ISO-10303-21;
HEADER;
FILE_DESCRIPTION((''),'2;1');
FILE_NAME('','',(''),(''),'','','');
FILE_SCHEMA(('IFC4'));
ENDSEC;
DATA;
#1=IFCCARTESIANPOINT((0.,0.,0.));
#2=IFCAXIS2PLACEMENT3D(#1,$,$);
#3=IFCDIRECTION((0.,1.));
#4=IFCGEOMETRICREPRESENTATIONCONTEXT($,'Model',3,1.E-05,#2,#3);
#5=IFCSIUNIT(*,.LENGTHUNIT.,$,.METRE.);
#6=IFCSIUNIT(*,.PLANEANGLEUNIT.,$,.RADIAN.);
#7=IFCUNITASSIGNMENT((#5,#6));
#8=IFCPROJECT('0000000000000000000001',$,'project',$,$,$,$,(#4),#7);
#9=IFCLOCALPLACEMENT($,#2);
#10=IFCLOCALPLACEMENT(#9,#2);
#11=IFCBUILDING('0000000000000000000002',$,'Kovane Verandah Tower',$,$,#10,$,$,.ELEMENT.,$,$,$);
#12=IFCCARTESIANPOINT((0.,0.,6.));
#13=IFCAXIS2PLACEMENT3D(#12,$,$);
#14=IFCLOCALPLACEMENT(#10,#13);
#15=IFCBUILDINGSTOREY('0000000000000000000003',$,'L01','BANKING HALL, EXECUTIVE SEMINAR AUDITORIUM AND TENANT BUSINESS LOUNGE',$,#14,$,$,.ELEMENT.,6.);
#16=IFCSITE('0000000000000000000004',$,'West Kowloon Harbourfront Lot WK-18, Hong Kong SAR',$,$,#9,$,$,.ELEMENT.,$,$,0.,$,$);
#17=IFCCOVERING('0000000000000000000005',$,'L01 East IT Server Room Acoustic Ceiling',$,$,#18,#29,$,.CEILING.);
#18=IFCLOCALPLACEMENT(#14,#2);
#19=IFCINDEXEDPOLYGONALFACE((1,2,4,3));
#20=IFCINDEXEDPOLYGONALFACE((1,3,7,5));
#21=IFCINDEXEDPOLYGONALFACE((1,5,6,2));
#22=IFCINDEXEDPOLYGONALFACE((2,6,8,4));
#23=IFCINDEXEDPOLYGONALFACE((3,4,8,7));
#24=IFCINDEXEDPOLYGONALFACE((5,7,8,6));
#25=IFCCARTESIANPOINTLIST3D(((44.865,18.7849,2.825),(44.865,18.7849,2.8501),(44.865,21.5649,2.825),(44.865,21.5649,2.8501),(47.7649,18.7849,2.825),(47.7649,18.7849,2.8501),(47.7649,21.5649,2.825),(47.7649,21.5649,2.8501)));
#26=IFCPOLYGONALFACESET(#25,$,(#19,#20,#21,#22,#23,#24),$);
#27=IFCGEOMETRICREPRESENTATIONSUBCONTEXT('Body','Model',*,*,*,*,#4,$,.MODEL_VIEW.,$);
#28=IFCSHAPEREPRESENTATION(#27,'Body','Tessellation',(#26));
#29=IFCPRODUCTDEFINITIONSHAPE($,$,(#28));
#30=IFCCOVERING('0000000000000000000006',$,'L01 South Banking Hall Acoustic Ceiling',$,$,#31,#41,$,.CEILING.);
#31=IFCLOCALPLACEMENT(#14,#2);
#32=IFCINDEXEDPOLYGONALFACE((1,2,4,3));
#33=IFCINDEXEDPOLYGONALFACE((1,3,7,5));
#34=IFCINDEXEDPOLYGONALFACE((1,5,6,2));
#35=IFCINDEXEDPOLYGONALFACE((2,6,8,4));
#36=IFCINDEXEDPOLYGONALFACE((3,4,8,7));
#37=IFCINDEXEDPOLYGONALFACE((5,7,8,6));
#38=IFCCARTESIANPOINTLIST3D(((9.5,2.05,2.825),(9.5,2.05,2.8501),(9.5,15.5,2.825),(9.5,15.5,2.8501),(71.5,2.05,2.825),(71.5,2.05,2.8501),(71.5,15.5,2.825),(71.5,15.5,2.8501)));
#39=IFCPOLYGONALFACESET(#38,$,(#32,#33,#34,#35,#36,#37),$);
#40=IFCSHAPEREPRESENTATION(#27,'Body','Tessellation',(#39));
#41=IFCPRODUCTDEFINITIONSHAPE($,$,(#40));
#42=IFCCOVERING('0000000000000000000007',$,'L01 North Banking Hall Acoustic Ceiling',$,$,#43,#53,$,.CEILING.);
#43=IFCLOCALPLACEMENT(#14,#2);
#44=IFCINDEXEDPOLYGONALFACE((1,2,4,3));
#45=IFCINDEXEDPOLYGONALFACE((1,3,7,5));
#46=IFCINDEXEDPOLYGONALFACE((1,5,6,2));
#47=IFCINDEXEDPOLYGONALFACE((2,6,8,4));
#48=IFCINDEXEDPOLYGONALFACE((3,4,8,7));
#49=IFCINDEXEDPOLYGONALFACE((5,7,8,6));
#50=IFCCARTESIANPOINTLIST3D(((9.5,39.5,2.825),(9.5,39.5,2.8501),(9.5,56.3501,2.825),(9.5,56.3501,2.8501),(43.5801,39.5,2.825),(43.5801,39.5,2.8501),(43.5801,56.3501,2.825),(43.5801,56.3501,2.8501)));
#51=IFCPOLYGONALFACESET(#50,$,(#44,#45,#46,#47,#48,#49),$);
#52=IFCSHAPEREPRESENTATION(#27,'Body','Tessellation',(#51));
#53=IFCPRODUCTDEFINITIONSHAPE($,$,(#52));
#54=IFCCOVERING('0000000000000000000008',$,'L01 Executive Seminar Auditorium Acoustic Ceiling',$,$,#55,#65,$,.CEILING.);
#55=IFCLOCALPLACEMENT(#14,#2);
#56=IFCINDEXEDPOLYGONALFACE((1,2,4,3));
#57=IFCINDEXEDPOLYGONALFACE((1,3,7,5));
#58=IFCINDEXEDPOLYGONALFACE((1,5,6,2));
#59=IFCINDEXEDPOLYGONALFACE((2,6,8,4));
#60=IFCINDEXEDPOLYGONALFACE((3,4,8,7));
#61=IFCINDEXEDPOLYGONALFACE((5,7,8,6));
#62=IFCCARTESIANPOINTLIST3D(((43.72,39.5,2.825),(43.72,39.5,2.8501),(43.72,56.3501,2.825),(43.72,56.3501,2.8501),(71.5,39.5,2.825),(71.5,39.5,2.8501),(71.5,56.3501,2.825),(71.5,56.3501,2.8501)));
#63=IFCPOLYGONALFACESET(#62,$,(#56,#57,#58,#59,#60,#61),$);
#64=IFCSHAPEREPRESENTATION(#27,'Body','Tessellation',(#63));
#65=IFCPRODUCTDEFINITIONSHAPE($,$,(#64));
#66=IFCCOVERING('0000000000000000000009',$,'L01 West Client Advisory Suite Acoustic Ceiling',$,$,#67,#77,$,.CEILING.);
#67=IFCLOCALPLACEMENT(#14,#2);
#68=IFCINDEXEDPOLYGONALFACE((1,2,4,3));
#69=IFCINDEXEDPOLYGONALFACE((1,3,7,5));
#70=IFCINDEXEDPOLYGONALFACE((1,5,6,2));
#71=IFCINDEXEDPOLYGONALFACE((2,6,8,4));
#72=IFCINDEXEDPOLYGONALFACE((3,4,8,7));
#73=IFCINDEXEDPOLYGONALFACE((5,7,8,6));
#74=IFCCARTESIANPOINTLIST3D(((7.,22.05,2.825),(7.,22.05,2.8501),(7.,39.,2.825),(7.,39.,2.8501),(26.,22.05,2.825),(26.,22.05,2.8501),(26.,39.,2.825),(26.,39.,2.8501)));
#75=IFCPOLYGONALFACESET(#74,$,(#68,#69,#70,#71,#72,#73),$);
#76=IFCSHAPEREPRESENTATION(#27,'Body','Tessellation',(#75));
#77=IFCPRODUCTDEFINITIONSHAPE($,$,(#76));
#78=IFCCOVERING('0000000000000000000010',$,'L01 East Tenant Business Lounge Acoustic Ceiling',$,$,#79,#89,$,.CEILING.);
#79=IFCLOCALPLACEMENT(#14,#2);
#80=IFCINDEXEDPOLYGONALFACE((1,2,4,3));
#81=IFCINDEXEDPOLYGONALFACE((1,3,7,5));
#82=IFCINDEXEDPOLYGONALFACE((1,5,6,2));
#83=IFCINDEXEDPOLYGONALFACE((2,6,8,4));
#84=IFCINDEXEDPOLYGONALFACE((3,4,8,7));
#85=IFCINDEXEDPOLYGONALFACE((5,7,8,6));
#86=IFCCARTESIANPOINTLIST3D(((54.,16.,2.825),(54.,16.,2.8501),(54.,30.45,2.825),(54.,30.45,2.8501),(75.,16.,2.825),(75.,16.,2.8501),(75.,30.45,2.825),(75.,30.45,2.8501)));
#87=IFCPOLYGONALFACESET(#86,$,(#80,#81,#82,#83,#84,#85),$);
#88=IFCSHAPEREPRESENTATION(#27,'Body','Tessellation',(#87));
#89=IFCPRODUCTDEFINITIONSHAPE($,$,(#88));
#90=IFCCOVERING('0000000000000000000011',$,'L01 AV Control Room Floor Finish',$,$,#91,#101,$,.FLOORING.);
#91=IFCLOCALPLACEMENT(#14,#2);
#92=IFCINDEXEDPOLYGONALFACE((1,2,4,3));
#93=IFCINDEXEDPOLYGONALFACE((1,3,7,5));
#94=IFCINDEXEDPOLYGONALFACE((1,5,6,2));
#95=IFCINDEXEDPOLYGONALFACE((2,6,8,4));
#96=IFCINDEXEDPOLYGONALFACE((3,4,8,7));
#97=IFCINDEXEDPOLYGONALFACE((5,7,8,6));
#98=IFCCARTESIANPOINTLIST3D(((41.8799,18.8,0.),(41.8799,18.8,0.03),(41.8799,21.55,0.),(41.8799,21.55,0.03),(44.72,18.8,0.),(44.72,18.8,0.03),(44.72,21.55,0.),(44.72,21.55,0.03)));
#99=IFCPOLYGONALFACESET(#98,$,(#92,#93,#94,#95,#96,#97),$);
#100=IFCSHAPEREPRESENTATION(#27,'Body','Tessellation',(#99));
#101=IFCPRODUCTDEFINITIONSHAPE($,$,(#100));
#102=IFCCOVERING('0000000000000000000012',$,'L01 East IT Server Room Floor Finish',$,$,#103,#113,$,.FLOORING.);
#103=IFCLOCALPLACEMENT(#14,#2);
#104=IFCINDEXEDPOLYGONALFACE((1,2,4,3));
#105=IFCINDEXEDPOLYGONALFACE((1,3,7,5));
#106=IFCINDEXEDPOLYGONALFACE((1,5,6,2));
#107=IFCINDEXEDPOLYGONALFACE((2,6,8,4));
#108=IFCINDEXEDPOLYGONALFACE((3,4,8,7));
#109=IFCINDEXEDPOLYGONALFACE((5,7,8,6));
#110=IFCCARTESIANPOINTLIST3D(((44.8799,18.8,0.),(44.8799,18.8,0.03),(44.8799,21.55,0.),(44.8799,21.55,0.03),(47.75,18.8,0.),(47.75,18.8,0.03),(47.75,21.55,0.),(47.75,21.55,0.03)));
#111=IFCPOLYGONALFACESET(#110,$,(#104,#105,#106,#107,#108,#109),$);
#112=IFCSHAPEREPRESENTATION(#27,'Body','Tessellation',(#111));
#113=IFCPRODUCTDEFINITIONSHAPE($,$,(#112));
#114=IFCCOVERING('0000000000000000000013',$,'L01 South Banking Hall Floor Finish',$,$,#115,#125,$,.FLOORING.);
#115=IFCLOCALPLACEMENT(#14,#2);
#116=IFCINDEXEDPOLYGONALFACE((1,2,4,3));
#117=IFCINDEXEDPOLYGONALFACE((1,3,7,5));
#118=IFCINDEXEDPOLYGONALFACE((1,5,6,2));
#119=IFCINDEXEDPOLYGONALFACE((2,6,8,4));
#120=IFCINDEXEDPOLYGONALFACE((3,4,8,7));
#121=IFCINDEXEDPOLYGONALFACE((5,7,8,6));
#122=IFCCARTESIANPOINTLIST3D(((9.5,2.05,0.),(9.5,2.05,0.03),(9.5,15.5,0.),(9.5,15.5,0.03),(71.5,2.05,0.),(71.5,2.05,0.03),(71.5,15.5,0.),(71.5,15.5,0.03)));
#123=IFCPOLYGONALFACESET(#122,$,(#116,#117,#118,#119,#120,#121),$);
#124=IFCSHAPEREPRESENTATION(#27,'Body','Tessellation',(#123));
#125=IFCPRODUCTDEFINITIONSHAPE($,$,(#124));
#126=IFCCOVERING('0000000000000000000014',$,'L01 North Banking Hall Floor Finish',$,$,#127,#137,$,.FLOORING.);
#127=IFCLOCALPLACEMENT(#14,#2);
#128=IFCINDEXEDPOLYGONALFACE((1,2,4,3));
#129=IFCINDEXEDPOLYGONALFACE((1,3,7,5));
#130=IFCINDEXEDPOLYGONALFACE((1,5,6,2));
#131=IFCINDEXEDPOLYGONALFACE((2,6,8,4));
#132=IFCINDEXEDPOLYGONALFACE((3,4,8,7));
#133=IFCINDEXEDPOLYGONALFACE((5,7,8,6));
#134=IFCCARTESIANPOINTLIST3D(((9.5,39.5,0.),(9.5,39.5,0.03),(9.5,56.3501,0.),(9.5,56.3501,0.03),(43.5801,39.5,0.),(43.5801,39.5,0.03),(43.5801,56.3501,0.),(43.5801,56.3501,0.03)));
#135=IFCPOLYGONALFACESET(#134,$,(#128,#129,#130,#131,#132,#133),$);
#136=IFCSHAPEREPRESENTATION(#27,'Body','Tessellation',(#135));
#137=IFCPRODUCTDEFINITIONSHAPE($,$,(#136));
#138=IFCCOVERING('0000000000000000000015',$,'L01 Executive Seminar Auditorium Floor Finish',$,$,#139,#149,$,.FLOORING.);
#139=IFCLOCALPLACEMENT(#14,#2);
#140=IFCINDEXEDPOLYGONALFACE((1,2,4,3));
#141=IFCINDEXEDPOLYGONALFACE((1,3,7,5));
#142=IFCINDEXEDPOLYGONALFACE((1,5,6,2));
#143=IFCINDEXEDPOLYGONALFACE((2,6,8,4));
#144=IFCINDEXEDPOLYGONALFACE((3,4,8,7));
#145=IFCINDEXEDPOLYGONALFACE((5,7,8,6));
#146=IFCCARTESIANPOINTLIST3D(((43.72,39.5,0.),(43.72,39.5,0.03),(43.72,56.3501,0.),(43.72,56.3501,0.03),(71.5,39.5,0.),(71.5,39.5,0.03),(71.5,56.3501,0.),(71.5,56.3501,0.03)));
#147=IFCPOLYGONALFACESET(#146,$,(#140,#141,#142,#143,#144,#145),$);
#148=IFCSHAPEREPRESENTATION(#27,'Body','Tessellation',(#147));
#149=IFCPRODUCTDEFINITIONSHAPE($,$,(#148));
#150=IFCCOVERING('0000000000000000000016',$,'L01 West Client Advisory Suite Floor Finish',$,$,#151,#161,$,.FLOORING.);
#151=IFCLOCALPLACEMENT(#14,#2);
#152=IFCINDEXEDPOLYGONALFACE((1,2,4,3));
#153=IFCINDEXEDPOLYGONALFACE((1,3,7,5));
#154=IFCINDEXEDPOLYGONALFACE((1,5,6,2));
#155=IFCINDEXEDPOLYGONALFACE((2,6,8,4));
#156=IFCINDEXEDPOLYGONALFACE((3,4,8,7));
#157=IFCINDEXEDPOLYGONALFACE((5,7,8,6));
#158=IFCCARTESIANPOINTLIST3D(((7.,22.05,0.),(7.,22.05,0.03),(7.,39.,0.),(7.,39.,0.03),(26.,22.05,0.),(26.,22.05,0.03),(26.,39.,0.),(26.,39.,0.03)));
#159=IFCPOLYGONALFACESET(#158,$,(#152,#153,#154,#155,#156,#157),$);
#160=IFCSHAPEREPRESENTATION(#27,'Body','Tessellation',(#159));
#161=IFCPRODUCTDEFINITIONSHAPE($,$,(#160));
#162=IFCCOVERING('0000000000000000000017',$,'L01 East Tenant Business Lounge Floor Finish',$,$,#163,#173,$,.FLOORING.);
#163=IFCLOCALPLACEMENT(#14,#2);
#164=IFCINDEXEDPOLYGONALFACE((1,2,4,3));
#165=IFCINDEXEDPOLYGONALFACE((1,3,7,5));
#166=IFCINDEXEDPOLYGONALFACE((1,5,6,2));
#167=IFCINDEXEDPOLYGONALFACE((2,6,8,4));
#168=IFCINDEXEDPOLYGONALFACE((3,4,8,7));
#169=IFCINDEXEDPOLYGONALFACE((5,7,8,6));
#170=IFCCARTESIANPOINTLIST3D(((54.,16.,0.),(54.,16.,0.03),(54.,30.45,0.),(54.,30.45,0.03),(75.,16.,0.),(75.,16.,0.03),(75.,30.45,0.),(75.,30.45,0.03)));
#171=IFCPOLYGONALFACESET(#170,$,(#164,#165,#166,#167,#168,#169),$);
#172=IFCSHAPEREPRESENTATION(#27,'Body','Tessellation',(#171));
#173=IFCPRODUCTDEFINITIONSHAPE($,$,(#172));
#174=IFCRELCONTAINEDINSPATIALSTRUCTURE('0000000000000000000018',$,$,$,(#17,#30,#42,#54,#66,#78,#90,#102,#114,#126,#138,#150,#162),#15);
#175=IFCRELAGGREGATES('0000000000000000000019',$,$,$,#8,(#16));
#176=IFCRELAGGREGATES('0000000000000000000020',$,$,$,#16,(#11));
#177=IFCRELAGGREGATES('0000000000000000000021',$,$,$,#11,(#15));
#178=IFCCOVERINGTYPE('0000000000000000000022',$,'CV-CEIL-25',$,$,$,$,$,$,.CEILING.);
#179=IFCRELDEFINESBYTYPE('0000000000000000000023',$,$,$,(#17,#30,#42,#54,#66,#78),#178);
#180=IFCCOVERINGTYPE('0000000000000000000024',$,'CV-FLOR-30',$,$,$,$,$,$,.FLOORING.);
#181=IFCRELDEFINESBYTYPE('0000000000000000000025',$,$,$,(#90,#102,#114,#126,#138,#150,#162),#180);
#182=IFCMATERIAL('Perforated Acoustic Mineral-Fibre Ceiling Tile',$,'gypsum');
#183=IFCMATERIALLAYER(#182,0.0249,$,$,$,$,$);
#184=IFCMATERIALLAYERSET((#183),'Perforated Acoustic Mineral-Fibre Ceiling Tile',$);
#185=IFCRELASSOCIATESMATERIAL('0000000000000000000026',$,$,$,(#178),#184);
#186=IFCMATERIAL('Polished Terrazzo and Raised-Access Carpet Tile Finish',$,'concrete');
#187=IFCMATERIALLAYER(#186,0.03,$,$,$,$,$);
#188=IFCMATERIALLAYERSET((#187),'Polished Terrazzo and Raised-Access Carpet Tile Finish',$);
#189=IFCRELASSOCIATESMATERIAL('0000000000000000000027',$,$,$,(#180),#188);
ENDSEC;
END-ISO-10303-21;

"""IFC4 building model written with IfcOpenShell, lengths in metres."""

from ifc_helpers import new_model, si_unit, direction, frame, origin, place, context, subcontext, project, spatial, polyline, outline, extrude, material, layer, layer_set, type_object, element, save


model = new_model("IFC4")

# Units and contexts
model_context = context("Model", 3, precision=1e-05, world=origin(), true_north=direction((0.0, 1.0)))
body_context = subcontext(model_context, "Body", "Model", "MODEL_VIEW")
ifc_project = project(units=[si_unit("LENGTHUNIT", "METRE"), si_unit("PLANEANGLEUNIT", "RADIAN")], contexts=[model_context])

# Site, building, storey
site_placement = place(None, origin())
site = spatial("IfcSite", under=ifc_project, at=site_placement, Name="West Kowloon Harbourfront Lot WK-18, Hong Kong SAR", CompositionType="ELEMENT", RefElevation=0.0)
building_placement = place(site_placement, origin())
building = spatial("IfcBuilding", under=site, at=building_placement, Name="Kovane Verandah Tower", CompositionType="ELEMENT")
storey_placement = place(building_placement, frame((0.0, 0.0, 6.0)))
storey = spatial("IfcBuildingStorey", under=building, at=storey_placement, Name="L01", Description="BANKING HALL, EXECUTIVE SEMINAR AUDITORIUM AND TENANT BUSINESS LOUNGE", CompositionType="ELEMENT", Elevation=6.0)

# Coverings
ifc_material_1 = material(Name="Perforated Acoustic Mineral-Fibre Ceiling Tile", Category="gypsum")
ifc_layer_1 = layer(ifc_material_1, 0.0249)
ifc_layer_set_1 = layer_set([ifc_layer_1], Name="Perforated Acoustic Mineral-Fibre Ceiling Tile")
covering_type_1 = type_object("IfcCoveringType", Name="CV-CEIL-25", PredefinedType="CEILING", material=ifc_layer_set_1)
covering_1_placement = place(storey_placement, frame((0.0, 0.0, 2.825)))
element("IfcCovering", 1, at=covering_1_placement, inside=storey, type_object=covering_type_1, Name="L01 East IT Server Room Acoustic Ceiling", PredefinedType="CEILING", context=body_context, shape_type="SweptSolid", body=[
    extrude(outline(polyline([(44.865, 18.7849), (47.7649, 18.7849), (47.7649, 21.5649), (44.865, 21.5649), (44.865, 18.7849)])), origin(), (0.0, 0.0, 1.0), 0.0251),
])
covering_2_placement = place(storey_placement, frame((0.0, 0.0, 2.825)))
element("IfcCovering", 2, at=covering_2_placement, inside=storey, type_object=covering_type_1, Name="L01 South Banking Hall Acoustic Ceiling", PredefinedType="CEILING", context=body_context, shape_type="SweptSolid", body=[
    extrude(outline(polyline([(9.5, 2.05), (71.5, 2.05), (71.5, 15.5), (9.5, 15.5), (9.5, 2.05)])), origin(), (0.0, 0.0, 1.0), 0.0251),
])
covering_3_placement = place(storey_placement, frame((0.0, 0.0, 2.825)))
element("IfcCovering", 3, at=covering_3_placement, inside=storey, type_object=covering_type_1, Name="L01 North Banking Hall Acoustic Ceiling", PredefinedType="CEILING", context=body_context, shape_type="SweptSolid", body=[
    extrude(outline(polyline([(9.5, 39.5), (43.5801, 39.5), (43.5801, 56.3501), (9.5, 56.3501), (9.5, 39.5)])), origin(), (0.0, 0.0, 1.0), 0.0251),
])
covering_4_placement = place(storey_placement, frame((0.0, 0.0, 2.825)))
element("IfcCovering", 4, at=covering_4_placement, inside=storey, type_object=covering_type_1, Name="L01 Executive Seminar Auditorium Acoustic Ceiling", PredefinedType="CEILING", context=body_context, shape_type="SweptSolid", body=[
    extrude(outline(polyline([(43.72, 39.5), (71.5, 39.5), (71.5, 56.3501), (43.72, 56.3501), (43.72, 39.5)])), origin(), (0.0, 0.0, 1.0), 0.0251),
])
covering_5_placement = place(storey_placement, frame((0.0, 0.0, 2.825)))
element("IfcCovering", 5, at=covering_5_placement, inside=storey, type_object=covering_type_1, Name="L01 West Client Advisory Suite Acoustic Ceiling", PredefinedType="CEILING", context=body_context, shape_type="SweptSolid", body=[
    extrude(outline(polyline([(7.0, 22.05), (26.0, 22.05), (26.0, 39.0), (7.0, 39.0), (7.0, 22.05)])), origin(), (0.0, 0.0, 1.0), 0.0251),
])
covering_6_placement = place(storey_placement, frame((0.0, 0.0, 2.825)))
element("IfcCovering", 6, at=covering_6_placement, inside=storey, type_object=covering_type_1, Name="L01 East Tenant Business Lounge Acoustic Ceiling", PredefinedType="CEILING", context=body_context, shape_type="SweptSolid", body=[
    extrude(outline(polyline([(54.0, 16.0), (75.0, 16.0), (75.0, 30.45), (54.0, 30.45), (54.0, 16.0)])), origin(), (0.0, 0.0, 1.0), 0.0251),
])
ifc_material_2 = material(Name="Polished Terrazzo and Raised-Access Carpet Tile Finish", Category="concrete")
ifc_layer_2 = layer(ifc_material_2, 0.03)
ifc_layer_set_2 = layer_set([ifc_layer_2], Name="Polished Terrazzo and Raised-Access Carpet Tile Finish")
covering_type_2 = type_object("IfcCoveringType", Name="CV-FLOR-30", PredefinedType="FLOORING", material=ifc_layer_set_2)
covering_7_placement = place(storey_placement, origin())
element("IfcCovering", 7, at=covering_7_placement, inside=storey, type_object=covering_type_2, Name="L01 AV Control Room Floor Finish", PredefinedType="FLOORING", context=body_context, shape_type="SweptSolid", body=[
    extrude(outline(polyline([(41.8799, 18.8), (44.72, 18.8), (44.72, 21.55), (41.8799, 21.55), (41.8799, 18.8)])), origin(), (0.0, 0.0, 1.0), 0.03),
])
covering_8_placement = place(storey_placement, origin())
element("IfcCovering", 8, at=covering_8_placement, inside=storey, type_object=covering_type_2, Name="L01 East IT Server Room Floor Finish", PredefinedType="FLOORING", context=body_context, shape_type="SweptSolid", body=[
    extrude(outline(polyline([(44.8799, 18.8), (47.75, 18.8), (47.75, 21.55), (44.8799, 21.55), (44.8799, 18.8)])), origin(), (0.0, 0.0, 1.0), 0.03),
])
covering_9_placement = place(storey_placement, origin())
element("IfcCovering", 9, at=covering_9_placement, inside=storey, type_object=covering_type_2, Name="L01 South Banking Hall Floor Finish", PredefinedType="FLOORING", context=body_context, shape_type="SweptSolid", body=[
    extrude(outline(polyline([(9.5, 2.05), (71.5, 2.05), (71.5, 15.5), (9.5, 15.5), (9.5, 2.05)])), origin(), (0.0, 0.0, 1.0), 0.03),
])
covering_10_placement = place(storey_placement, origin())
element("IfcCovering", 10, at=covering_10_placement, inside=storey, type_object=covering_type_2, Name="L01 North Banking Hall Floor Finish", PredefinedType="FLOORING", context=body_context, shape_type="SweptSolid", body=[
    extrude(outline(polyline([(9.5, 39.5), (43.5801, 39.5), (43.5801, 56.3501), (9.5, 56.3501), (9.5, 39.5)])), origin(), (0.0, 0.0, 1.0), 0.03),
])
covering_11_placement = place(storey_placement, origin())
element("IfcCovering", 11, at=covering_11_placement, inside=storey, type_object=covering_type_2, Name="L01 Executive Seminar Auditorium Floor Finish", PredefinedType="FLOORING", context=body_context, shape_type="SweptSolid", body=[
    extrude(outline(polyline([(43.72, 39.5), (71.5, 39.5), (71.5, 56.3501), (43.72, 56.3501), (43.72, 39.5)])), origin(), (0.0, 0.0, 1.0), 0.03),
])
covering_12_placement = place(storey_placement, origin())
element("IfcCovering", 12, at=covering_12_placement, inside=storey, type_object=covering_type_2, Name="L01 West Client Advisory Suite Floor Finish", PredefinedType="FLOORING", context=body_context, shape_type="SweptSolid", body=[
    extrude(outline(polyline([(7.0, 22.05), (26.0, 22.05), (26.0, 39.0), (7.0, 39.0), (7.0, 22.05)])), origin(), (0.0, 0.0, 1.0), 0.03),
])
covering_13_placement = place(storey_placement, origin())
element("IfcCovering", 13, at=covering_13_placement, inside=storey, type_object=covering_type_2, Name="L01 East Tenant Business Lounge Floor Finish", PredefinedType="FLOORING", context=body_context, shape_type="SweptSolid", body=[
    extrude(outline(polyline([(54.0, 16.0), (75.0, 16.0), (75.0, 30.45), (54.0, 30.45), (54.0, 16.0)])), origin(), (0.0, 0.0, 1.0), 0.03),
])

save(model, "model.ifc")
